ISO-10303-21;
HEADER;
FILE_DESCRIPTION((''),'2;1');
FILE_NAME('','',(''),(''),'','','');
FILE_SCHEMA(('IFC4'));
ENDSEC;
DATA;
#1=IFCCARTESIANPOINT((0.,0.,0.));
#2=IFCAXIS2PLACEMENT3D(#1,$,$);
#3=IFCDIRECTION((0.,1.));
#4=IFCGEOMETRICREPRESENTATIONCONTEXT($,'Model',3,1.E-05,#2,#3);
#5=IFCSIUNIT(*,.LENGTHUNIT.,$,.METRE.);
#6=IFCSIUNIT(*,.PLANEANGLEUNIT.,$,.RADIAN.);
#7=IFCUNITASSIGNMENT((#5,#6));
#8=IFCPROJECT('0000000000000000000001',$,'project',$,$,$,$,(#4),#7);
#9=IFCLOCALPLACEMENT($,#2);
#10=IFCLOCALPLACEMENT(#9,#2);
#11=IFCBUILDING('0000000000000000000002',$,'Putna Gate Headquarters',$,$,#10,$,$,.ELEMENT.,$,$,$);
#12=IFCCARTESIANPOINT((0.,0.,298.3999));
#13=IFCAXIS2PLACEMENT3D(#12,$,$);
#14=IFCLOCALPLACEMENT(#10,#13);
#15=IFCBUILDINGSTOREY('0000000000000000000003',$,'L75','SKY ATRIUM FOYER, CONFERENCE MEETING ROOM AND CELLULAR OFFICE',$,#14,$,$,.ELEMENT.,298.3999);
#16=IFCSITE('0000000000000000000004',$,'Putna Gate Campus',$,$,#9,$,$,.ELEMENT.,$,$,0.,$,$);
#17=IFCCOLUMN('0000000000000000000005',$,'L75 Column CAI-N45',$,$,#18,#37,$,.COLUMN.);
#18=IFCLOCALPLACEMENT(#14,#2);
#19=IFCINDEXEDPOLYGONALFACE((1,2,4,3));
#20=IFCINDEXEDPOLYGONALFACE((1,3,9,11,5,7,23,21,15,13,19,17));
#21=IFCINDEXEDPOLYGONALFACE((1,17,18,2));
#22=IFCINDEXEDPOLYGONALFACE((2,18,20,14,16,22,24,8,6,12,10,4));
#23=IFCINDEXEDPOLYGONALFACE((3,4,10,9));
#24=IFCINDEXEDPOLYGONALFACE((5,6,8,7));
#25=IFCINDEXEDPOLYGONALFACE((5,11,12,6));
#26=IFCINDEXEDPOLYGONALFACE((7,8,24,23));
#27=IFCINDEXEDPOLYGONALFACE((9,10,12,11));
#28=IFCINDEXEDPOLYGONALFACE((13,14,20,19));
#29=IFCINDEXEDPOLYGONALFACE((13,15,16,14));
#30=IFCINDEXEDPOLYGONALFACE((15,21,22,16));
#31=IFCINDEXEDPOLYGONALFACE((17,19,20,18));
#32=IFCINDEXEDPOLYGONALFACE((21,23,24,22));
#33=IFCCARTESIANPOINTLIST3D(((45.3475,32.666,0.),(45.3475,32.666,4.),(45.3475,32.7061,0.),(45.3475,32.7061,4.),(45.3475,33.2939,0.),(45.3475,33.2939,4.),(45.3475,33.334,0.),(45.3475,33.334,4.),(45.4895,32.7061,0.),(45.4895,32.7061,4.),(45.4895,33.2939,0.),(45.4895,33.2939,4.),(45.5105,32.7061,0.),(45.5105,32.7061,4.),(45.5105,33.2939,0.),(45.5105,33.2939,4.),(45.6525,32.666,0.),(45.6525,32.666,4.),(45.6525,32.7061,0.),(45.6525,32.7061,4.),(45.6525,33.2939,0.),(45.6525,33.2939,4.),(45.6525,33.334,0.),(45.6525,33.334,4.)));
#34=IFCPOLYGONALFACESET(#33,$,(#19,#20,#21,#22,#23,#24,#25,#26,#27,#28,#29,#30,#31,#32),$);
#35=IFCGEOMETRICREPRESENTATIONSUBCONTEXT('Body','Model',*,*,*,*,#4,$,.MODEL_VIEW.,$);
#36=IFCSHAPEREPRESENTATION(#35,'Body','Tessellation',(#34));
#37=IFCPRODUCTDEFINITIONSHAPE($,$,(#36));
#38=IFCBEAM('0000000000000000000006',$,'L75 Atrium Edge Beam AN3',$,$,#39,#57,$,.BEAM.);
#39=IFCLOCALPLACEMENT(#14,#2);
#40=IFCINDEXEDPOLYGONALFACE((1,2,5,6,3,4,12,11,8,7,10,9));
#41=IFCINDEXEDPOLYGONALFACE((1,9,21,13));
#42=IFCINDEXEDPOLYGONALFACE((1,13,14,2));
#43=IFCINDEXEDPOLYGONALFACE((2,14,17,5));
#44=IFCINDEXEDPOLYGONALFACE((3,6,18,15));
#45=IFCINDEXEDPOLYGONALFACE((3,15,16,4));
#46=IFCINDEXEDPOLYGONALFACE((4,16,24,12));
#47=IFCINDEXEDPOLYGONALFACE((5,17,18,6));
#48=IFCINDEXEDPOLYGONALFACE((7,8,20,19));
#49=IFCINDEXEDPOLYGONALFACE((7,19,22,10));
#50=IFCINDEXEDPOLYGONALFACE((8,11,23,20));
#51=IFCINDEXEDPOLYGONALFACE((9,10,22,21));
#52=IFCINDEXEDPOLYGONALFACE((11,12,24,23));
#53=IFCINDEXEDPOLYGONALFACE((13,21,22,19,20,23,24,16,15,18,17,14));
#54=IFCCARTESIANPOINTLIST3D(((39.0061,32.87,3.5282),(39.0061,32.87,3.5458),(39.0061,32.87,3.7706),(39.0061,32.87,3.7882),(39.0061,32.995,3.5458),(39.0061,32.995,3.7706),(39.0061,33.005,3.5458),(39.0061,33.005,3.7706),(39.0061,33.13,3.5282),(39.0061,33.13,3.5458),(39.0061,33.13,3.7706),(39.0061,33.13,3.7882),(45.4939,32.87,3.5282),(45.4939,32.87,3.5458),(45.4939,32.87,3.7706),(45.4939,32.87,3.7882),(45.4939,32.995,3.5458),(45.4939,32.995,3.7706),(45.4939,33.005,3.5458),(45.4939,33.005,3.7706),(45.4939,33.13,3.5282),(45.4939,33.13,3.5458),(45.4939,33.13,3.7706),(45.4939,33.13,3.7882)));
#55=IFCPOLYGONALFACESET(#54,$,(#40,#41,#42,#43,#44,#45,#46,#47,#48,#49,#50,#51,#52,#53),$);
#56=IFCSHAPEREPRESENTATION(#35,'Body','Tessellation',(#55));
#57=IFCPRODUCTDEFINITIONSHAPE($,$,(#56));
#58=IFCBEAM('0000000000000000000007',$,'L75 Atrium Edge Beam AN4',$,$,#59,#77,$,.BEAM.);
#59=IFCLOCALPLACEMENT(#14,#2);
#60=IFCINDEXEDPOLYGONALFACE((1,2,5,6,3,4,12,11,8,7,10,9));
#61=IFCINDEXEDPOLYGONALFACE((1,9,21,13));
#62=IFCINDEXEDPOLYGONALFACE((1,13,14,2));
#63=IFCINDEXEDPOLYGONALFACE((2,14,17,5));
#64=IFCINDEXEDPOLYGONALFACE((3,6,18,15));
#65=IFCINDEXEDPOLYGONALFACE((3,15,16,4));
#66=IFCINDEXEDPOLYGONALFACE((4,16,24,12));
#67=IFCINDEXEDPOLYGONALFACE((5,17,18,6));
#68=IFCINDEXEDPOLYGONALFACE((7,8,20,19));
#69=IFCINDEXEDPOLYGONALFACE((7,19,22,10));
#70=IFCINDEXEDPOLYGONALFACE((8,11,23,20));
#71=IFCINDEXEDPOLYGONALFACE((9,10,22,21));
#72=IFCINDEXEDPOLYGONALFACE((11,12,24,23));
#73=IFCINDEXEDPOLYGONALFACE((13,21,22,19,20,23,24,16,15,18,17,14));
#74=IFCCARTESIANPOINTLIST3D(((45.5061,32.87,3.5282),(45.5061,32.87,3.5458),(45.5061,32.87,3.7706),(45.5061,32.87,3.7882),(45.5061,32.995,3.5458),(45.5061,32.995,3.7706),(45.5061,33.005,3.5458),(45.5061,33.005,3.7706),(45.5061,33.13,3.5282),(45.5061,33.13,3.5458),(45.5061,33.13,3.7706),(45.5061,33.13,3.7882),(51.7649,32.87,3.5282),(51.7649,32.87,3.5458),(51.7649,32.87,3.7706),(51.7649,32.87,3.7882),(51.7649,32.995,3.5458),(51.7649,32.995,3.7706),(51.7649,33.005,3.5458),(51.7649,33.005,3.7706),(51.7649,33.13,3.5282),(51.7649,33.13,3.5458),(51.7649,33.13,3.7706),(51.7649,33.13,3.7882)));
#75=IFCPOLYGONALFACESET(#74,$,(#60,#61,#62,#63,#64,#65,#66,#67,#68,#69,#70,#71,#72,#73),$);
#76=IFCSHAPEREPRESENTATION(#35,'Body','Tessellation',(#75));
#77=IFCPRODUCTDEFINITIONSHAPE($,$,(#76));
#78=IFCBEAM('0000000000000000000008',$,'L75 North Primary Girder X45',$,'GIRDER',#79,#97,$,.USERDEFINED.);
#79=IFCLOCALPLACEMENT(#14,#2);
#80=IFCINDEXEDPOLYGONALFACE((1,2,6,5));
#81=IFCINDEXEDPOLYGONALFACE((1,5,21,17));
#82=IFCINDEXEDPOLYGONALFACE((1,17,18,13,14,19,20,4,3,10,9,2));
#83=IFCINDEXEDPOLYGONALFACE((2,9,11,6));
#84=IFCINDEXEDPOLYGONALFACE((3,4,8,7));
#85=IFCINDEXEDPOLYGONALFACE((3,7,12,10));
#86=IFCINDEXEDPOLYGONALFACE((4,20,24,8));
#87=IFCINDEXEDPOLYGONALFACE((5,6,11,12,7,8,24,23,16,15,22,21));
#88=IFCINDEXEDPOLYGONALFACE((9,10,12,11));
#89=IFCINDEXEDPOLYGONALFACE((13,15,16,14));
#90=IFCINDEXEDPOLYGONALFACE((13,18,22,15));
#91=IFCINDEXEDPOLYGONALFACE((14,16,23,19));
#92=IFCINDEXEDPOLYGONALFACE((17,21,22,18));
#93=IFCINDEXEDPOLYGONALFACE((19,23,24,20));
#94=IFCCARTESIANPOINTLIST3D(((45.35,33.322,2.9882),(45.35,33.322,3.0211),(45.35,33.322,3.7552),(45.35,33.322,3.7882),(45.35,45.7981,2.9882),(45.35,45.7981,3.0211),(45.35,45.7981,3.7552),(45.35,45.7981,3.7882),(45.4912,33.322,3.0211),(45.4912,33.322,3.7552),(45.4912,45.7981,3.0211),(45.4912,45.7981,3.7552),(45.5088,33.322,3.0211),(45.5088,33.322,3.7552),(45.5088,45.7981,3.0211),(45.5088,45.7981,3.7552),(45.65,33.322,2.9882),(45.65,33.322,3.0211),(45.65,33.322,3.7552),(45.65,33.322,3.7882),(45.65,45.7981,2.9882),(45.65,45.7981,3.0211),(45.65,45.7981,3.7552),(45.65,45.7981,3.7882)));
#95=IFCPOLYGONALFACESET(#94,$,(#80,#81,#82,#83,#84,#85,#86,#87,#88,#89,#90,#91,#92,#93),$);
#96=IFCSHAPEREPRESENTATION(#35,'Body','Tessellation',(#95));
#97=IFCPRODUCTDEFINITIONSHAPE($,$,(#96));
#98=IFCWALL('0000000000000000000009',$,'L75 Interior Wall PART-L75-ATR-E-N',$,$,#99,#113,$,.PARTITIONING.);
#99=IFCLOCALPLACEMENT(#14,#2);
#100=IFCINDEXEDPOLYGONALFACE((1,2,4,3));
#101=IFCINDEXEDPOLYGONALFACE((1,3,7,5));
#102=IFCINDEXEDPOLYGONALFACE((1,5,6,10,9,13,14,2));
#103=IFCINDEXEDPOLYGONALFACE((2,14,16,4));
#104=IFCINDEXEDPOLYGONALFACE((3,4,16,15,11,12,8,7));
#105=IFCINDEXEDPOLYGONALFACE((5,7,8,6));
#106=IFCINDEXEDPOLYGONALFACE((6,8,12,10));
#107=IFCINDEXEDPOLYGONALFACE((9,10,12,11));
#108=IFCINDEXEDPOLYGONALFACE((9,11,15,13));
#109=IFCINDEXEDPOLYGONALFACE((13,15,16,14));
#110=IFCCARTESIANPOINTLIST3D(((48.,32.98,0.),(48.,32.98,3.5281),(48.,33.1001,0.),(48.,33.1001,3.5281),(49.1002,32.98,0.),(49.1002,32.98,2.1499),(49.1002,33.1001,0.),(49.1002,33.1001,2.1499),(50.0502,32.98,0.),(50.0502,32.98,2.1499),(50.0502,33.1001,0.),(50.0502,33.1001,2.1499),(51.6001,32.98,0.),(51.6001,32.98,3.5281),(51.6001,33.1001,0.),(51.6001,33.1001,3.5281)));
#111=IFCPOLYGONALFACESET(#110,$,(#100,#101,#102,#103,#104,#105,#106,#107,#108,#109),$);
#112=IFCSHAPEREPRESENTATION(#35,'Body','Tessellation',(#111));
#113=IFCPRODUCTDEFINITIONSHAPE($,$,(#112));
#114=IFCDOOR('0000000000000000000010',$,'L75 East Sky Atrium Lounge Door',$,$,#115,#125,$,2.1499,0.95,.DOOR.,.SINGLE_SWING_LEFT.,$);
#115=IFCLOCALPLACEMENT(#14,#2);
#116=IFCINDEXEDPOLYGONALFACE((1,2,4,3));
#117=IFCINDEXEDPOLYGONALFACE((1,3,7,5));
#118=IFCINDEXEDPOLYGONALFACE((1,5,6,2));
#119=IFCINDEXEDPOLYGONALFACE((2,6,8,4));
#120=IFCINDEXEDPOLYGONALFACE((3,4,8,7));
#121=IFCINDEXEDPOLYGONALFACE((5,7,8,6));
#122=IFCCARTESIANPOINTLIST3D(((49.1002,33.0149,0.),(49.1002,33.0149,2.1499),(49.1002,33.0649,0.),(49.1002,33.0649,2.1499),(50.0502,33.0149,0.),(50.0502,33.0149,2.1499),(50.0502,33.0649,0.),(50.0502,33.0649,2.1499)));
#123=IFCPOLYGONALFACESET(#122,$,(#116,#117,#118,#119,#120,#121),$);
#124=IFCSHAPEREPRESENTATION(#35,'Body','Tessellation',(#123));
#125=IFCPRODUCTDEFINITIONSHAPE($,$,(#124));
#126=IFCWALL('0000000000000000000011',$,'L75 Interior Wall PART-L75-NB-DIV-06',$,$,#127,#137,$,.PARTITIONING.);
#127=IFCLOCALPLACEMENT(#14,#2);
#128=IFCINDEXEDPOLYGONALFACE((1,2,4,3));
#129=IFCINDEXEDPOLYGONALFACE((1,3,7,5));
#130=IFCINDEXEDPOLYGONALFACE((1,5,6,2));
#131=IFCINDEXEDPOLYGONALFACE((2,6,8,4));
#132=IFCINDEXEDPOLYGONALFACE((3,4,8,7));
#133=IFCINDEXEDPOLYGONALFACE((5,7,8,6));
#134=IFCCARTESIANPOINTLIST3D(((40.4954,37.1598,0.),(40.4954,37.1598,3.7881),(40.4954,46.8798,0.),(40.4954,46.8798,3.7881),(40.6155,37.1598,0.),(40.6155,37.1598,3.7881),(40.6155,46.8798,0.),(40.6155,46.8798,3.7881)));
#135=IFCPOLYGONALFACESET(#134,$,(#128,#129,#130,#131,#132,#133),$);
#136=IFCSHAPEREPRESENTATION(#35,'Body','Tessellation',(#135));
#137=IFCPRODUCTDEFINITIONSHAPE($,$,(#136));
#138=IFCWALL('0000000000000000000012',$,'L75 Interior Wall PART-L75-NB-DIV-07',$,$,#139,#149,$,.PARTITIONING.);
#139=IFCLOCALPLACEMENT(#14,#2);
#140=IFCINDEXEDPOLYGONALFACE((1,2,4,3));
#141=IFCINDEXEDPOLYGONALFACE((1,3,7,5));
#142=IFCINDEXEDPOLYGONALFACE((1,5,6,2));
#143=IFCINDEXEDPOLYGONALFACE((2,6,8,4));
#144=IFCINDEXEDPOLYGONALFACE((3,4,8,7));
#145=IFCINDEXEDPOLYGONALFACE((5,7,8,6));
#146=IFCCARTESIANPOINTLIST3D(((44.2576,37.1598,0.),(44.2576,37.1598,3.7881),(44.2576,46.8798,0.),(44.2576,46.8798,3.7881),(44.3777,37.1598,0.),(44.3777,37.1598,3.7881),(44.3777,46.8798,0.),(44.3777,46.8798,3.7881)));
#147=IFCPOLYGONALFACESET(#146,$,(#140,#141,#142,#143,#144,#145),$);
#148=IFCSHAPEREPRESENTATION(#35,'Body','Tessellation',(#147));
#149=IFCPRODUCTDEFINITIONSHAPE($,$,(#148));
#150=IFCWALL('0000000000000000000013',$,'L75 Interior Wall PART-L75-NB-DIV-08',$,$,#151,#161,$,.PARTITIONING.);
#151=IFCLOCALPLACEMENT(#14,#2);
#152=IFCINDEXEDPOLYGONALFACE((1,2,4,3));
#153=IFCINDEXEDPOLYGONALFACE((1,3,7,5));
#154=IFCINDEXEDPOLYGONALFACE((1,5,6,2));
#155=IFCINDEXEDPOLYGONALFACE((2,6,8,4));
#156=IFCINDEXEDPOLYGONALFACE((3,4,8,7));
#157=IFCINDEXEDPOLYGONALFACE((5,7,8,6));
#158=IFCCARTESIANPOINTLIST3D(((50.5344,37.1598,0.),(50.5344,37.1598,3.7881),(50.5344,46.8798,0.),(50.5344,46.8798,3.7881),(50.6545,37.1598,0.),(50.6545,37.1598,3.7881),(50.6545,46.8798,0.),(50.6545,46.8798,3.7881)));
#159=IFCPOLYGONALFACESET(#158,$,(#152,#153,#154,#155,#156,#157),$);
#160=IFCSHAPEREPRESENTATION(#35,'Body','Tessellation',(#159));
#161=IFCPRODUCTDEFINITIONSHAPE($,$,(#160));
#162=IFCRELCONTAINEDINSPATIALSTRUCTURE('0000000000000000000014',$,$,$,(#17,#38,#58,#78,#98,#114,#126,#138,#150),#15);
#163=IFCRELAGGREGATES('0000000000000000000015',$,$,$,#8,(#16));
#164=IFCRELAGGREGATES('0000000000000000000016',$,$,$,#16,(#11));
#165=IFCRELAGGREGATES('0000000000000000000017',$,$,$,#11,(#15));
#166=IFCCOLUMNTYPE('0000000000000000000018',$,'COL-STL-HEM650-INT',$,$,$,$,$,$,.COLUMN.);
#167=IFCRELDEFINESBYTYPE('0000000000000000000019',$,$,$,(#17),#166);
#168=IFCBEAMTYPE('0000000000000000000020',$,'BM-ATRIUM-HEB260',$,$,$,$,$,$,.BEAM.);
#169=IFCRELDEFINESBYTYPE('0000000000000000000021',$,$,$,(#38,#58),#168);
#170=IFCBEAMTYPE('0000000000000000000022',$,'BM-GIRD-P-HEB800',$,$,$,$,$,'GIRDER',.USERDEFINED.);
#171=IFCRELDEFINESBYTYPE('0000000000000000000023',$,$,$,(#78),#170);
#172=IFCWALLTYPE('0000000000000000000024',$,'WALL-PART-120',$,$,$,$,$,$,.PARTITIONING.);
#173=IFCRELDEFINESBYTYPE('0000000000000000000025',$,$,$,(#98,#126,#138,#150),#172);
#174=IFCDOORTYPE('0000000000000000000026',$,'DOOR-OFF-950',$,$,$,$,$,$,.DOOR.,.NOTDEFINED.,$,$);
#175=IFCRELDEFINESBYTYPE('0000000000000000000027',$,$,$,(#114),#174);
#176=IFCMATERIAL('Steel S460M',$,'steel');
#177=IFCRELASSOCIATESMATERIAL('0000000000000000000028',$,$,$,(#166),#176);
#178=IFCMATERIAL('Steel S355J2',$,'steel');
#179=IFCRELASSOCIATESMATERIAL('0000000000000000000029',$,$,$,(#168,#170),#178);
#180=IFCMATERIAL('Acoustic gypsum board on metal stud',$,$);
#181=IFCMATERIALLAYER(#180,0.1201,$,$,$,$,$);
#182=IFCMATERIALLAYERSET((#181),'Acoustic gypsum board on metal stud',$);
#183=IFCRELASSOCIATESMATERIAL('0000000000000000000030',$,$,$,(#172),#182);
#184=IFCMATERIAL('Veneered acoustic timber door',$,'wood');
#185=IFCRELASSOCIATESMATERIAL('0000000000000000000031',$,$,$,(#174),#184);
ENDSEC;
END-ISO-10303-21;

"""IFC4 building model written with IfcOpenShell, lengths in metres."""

from ifc_helpers import new_model, si_unit, direction, frame, frame_2d, origin, origin_2d, place, context, subcontext, project, spatial, rectangle, i_section, extrude, material, layer, layer_set, material_profile, profile_set, type_object, element, fill, save


model = new_model("IFC4")

# Units and contexts
model_context = context("Model", 3, precision=1e-05, world=origin(), true_north=direction((0.0, 1.0)))
body_context = subcontext(model_context, "Body", "Model", "MODEL_VIEW")
ifc_project = project(units=[si_unit("LENGTHUNIT", "METRE"), si_unit("PLANEANGLEUNIT", "RADIAN")], contexts=[model_context])

# Site, building, storey
site_placement = place(None, origin())
site = spatial("IfcSite", under=ifc_project, at=site_placement, Name="Putna Gate Campus", CompositionType="ELEMENT", RefElevation=0.0)
building_placement = place(site_placement, origin())
building = spatial("IfcBuilding", under=site, at=building_placement, Name="Putna Gate Headquarters", CompositionType="ELEMENT")
storey_placement = place(building_placement, frame((0.0, 0.0, 298.3999)))
storey = spatial("IfcBuildingStorey", under=building, at=storey_placement, Name="L75", Description="SKY ATRIUM FOYER, CONFERENCE MEETING ROOM AND CELLULAR OFFICE", CompositionType="ELEMENT", Elevation=298.3999)

# Column
ifc_material_1 = material(Name="Steel S460M", Category="steel")
ifc_material_profile_1 = material_profile(ifc_material_1, i_section(OverallWidth=0.3049, OverallDepth=0.668, WebThickness=0.021, FlangeThickness=0.04, at=origin_2d()), Name="Steel S460M")
ifc_profile_set_1 = profile_set([ifc_material_profile_1], Name="Steel S460M")
column_type = type_object("IfcColumnType", Name="COL-STL-HEM650-INT", PredefinedType="COLUMN", material=ifc_profile_set_1)
column_placement = place(storey_placement, frame((45.5, 33.0, 0.0), z_axis=(0.0, 0.0, 1.0), x_axis=(1.0, 0.0, 0.0)))
element("IfcColumn", 1, at=column_placement, inside=storey, type_object=column_type, Name="L75 Column CAI-N45", PredefinedType="COLUMN", context=body_context, shape_type="SweptSolid", body=[
    extrude(i_section(OverallWidth=0.3049, OverallDepth=0.668, WebThickness=0.021, FlangeThickness=0.04, at=origin_2d()), origin(), (0.0, 0.0, 1.0), 4.0),
])

# Beams
ifc_material_2 = material(Name="Steel S355J2", Category="steel")
ifc_material_profile_2 = material_profile(ifc_material_2, i_section(OverallWidth=0.26, OverallDepth=0.26, WebThickness=0.01, FlangeThickness=0.0176, at=origin_2d()), Name="Steel S355J2")
ifc_profile_set_2 = profile_set([ifc_material_profile_2], Name="Steel S355J2")
beam_type_1 = type_object("IfcBeamType", Name="BM-ATRIUM-HEB260", PredefinedType="BEAM", material=ifc_profile_set_2)
beam_1_placement = place(storey_placement, frame((39.0061, 33.0, 3.6582), z_axis=(1.0, 0.0, 0.0), x_axis=(0.0, 1.0, 0.0)))
element("IfcBeam", 2, at=beam_1_placement, inside=storey, type_object=beam_type_1, Name="L75 Atrium Edge Beam AN3", PredefinedType="BEAM", context=body_context, shape_type="SweptSolid", body=[
    extrude(i_section(OverallWidth=0.26, OverallDepth=0.26, WebThickness=0.01, FlangeThickness=0.0176, at=origin_2d()), origin(), (0.0, 0.0, 1.0), 6.4878),
])
beam_2_placement = place(storey_placement, frame((45.5061, 33.0, 3.6582), z_axis=(1.0, 0.0, 0.0), x_axis=(0.0, 1.0, 0.0)))
element("IfcBeam", 3, at=beam_2_placement, inside=storey, type_object=beam_type_1, Name="L75 Atrium Edge Beam AN4", PredefinedType="BEAM", context=body_context, shape_type="SweptSolid", body=[
    extrude(i_section(OverallWidth=0.26, OverallDepth=0.26, WebThickness=0.01, FlangeThickness=0.0176, at=origin_2d()), origin(), (0.0, 0.0, 1.0), 6.2588),
])
ifc_material_profile_3 = material_profile(ifc_material_2, i_section(OverallWidth=0.3, OverallDepth=0.8, WebThickness=0.0176, FlangeThickness=0.033, at=origin_2d()), Name="Steel S355J2")
ifc_profile_set_3 = profile_set([ifc_material_profile_3], Name="Steel S355J2")
beam_type_2 = type_object("IfcBeamType", Name="BM-GIRD-P-HEB800", ElementType="GIRDER", PredefinedType="USERDEFINED", material=ifc_profile_set_3)
beam_3_placement = place(storey_placement, frame((45.5, 33.322, 3.3882), z_axis=(0.0, 1.0, 0.0), x_axis=(-1.0, 0.0, 0.0)))
element("IfcBeam", 4, at=beam_3_placement, inside=storey, type_object=beam_type_2, Name="L75 North Primary Girder X45", ObjectType="GIRDER", PredefinedType="USERDEFINED", context=body_context, shape_type="SweptSolid", body=[
    extrude(i_section(OverallWidth=0.3, OverallDepth=0.8, WebThickness=0.0176, FlangeThickness=0.033, at=origin_2d()), origin(), (0.0, 0.0, 1.0), 12.4761),
])

# Wall, opening, door
ifc_material_3 = material(Name="Acoustic gypsum board on metal stud")
ifc_layer_1 = layer(ifc_material_3, 0.1201)
ifc_layer_set_1 = layer_set([ifc_layer_1], Name="Acoustic gypsum board on metal stud")
wall_type_1 = type_object("IfcWallType", Name="WALL-PART-120", PredefinedType="PARTITIONING", material=ifc_layer_set_1)
wall_1_placement = place(storey_placement, frame((48.0, 33.04, 0.0), z_axis=(0.0, 0.0, 1.0), x_axis=(1.0, 0.0, 0.0)))
wall_1 = element("IfcWall", 5, at=wall_1_placement, inside=storey, type_object=wall_type_1, Name="L75 Interior Wall PART-L75-ATR-E-N", PredefinedType="PARTITIONING", context=body_context, shape_type="SweptSolid", body=[
    extrude(rectangle(XDim=3.6001, YDim=0.1201, at=frame_2d((1.8, 0.0))), origin(), (0.0, 0.0, 1.0), 3.5281),
])
opening_1_placement = place(wall_1_placement, frame((1.1001, 0.0, 0.0)))
opening_1 = element("IfcOpeningElement", 6, at=opening_1_placement, cuts=wall_1, PredefinedType="OPENING", context=body_context, shape_type="SweptSolid", body=[
    extrude(rectangle(XDim=0.95, YDim=2.1499, at=frame_2d((0.4751, 1.075))), frame((0.0, 0.0701, 0.0), z_axis=(0.0, -1.0, 0.0), x_axis=(1.0, 0.0, 0.0)), (0.0, 0.0, 1.0), 0.1401),
])
ifc_material_4 = material(Name="Veneered acoustic timber door", Category="wood")
door_type_1 = type_object("IfcDoorType", Name="DOOR-OFF-950", OperationType="NOTDEFINED", PredefinedType="DOOR", material=ifc_material_4)
door_1_placement = place(opening_1_placement, origin())
door_1 = element("IfcDoor", 7, at=door_1_placement, inside=storey, type_object=door_type_1, Name="L75 East Sky Atrium Lounge Door", OperationType="SINGLE_SWING_LEFT", OverallHeight=2.1499, OverallWidth=0.95, PredefinedType="DOOR", context=body_context, shape_type="SweptSolid", body=[
    extrude(rectangle(XDim=0.95, YDim=2.1499, at=frame_2d((0.4751, 1.075))), frame((0.0, 0.0249, 0.0), z_axis=(0.0, -1.0, 0.0), x_axis=(1.0, 0.0, 0.0)), (0.0, 0.0, 1.0), 0.05),
])
fill(opening_1, door_1)

# Walls
for number, where, z_axis, x_axis, name in (
    (8, (40.5554, 37.1599, 0.0), (0.0, 0.0, 1.0), (0.0, 1.0, 0.0), "L75 Interior Wall PART-L75-NB-DIV-06"),
    (9, (44.3176, 37.1599, 0.0), (0.0, 0.0, 1.0), (0.0, 1.0, 0.0), "L75 Interior Wall PART-L75-NB-DIV-07"),
    (10, (50.5945, 37.1599, 0.0), (0.0, 0.0, 1.0), (0.0, 1.0, 0.0), "L75 Interior Wall PART-L75-NB-DIV-08"),
):
    element("IfcWall", number, at=place(storey_placement, frame(where, z_axis=z_axis, x_axis=x_axis)), inside=storey, type_object=wall_type_1, Name=name, PredefinedType="PARTITIONING", context=body_context, shape_type="SweptSolid", body=[
        extrude(rectangle(XDim=9.72, YDim=0.1201, at=frame_2d((4.8599, 0.0))), origin(), (0.0, 0.0, 1.0), 3.7881),
    ])

save(model, "model.ifc")
